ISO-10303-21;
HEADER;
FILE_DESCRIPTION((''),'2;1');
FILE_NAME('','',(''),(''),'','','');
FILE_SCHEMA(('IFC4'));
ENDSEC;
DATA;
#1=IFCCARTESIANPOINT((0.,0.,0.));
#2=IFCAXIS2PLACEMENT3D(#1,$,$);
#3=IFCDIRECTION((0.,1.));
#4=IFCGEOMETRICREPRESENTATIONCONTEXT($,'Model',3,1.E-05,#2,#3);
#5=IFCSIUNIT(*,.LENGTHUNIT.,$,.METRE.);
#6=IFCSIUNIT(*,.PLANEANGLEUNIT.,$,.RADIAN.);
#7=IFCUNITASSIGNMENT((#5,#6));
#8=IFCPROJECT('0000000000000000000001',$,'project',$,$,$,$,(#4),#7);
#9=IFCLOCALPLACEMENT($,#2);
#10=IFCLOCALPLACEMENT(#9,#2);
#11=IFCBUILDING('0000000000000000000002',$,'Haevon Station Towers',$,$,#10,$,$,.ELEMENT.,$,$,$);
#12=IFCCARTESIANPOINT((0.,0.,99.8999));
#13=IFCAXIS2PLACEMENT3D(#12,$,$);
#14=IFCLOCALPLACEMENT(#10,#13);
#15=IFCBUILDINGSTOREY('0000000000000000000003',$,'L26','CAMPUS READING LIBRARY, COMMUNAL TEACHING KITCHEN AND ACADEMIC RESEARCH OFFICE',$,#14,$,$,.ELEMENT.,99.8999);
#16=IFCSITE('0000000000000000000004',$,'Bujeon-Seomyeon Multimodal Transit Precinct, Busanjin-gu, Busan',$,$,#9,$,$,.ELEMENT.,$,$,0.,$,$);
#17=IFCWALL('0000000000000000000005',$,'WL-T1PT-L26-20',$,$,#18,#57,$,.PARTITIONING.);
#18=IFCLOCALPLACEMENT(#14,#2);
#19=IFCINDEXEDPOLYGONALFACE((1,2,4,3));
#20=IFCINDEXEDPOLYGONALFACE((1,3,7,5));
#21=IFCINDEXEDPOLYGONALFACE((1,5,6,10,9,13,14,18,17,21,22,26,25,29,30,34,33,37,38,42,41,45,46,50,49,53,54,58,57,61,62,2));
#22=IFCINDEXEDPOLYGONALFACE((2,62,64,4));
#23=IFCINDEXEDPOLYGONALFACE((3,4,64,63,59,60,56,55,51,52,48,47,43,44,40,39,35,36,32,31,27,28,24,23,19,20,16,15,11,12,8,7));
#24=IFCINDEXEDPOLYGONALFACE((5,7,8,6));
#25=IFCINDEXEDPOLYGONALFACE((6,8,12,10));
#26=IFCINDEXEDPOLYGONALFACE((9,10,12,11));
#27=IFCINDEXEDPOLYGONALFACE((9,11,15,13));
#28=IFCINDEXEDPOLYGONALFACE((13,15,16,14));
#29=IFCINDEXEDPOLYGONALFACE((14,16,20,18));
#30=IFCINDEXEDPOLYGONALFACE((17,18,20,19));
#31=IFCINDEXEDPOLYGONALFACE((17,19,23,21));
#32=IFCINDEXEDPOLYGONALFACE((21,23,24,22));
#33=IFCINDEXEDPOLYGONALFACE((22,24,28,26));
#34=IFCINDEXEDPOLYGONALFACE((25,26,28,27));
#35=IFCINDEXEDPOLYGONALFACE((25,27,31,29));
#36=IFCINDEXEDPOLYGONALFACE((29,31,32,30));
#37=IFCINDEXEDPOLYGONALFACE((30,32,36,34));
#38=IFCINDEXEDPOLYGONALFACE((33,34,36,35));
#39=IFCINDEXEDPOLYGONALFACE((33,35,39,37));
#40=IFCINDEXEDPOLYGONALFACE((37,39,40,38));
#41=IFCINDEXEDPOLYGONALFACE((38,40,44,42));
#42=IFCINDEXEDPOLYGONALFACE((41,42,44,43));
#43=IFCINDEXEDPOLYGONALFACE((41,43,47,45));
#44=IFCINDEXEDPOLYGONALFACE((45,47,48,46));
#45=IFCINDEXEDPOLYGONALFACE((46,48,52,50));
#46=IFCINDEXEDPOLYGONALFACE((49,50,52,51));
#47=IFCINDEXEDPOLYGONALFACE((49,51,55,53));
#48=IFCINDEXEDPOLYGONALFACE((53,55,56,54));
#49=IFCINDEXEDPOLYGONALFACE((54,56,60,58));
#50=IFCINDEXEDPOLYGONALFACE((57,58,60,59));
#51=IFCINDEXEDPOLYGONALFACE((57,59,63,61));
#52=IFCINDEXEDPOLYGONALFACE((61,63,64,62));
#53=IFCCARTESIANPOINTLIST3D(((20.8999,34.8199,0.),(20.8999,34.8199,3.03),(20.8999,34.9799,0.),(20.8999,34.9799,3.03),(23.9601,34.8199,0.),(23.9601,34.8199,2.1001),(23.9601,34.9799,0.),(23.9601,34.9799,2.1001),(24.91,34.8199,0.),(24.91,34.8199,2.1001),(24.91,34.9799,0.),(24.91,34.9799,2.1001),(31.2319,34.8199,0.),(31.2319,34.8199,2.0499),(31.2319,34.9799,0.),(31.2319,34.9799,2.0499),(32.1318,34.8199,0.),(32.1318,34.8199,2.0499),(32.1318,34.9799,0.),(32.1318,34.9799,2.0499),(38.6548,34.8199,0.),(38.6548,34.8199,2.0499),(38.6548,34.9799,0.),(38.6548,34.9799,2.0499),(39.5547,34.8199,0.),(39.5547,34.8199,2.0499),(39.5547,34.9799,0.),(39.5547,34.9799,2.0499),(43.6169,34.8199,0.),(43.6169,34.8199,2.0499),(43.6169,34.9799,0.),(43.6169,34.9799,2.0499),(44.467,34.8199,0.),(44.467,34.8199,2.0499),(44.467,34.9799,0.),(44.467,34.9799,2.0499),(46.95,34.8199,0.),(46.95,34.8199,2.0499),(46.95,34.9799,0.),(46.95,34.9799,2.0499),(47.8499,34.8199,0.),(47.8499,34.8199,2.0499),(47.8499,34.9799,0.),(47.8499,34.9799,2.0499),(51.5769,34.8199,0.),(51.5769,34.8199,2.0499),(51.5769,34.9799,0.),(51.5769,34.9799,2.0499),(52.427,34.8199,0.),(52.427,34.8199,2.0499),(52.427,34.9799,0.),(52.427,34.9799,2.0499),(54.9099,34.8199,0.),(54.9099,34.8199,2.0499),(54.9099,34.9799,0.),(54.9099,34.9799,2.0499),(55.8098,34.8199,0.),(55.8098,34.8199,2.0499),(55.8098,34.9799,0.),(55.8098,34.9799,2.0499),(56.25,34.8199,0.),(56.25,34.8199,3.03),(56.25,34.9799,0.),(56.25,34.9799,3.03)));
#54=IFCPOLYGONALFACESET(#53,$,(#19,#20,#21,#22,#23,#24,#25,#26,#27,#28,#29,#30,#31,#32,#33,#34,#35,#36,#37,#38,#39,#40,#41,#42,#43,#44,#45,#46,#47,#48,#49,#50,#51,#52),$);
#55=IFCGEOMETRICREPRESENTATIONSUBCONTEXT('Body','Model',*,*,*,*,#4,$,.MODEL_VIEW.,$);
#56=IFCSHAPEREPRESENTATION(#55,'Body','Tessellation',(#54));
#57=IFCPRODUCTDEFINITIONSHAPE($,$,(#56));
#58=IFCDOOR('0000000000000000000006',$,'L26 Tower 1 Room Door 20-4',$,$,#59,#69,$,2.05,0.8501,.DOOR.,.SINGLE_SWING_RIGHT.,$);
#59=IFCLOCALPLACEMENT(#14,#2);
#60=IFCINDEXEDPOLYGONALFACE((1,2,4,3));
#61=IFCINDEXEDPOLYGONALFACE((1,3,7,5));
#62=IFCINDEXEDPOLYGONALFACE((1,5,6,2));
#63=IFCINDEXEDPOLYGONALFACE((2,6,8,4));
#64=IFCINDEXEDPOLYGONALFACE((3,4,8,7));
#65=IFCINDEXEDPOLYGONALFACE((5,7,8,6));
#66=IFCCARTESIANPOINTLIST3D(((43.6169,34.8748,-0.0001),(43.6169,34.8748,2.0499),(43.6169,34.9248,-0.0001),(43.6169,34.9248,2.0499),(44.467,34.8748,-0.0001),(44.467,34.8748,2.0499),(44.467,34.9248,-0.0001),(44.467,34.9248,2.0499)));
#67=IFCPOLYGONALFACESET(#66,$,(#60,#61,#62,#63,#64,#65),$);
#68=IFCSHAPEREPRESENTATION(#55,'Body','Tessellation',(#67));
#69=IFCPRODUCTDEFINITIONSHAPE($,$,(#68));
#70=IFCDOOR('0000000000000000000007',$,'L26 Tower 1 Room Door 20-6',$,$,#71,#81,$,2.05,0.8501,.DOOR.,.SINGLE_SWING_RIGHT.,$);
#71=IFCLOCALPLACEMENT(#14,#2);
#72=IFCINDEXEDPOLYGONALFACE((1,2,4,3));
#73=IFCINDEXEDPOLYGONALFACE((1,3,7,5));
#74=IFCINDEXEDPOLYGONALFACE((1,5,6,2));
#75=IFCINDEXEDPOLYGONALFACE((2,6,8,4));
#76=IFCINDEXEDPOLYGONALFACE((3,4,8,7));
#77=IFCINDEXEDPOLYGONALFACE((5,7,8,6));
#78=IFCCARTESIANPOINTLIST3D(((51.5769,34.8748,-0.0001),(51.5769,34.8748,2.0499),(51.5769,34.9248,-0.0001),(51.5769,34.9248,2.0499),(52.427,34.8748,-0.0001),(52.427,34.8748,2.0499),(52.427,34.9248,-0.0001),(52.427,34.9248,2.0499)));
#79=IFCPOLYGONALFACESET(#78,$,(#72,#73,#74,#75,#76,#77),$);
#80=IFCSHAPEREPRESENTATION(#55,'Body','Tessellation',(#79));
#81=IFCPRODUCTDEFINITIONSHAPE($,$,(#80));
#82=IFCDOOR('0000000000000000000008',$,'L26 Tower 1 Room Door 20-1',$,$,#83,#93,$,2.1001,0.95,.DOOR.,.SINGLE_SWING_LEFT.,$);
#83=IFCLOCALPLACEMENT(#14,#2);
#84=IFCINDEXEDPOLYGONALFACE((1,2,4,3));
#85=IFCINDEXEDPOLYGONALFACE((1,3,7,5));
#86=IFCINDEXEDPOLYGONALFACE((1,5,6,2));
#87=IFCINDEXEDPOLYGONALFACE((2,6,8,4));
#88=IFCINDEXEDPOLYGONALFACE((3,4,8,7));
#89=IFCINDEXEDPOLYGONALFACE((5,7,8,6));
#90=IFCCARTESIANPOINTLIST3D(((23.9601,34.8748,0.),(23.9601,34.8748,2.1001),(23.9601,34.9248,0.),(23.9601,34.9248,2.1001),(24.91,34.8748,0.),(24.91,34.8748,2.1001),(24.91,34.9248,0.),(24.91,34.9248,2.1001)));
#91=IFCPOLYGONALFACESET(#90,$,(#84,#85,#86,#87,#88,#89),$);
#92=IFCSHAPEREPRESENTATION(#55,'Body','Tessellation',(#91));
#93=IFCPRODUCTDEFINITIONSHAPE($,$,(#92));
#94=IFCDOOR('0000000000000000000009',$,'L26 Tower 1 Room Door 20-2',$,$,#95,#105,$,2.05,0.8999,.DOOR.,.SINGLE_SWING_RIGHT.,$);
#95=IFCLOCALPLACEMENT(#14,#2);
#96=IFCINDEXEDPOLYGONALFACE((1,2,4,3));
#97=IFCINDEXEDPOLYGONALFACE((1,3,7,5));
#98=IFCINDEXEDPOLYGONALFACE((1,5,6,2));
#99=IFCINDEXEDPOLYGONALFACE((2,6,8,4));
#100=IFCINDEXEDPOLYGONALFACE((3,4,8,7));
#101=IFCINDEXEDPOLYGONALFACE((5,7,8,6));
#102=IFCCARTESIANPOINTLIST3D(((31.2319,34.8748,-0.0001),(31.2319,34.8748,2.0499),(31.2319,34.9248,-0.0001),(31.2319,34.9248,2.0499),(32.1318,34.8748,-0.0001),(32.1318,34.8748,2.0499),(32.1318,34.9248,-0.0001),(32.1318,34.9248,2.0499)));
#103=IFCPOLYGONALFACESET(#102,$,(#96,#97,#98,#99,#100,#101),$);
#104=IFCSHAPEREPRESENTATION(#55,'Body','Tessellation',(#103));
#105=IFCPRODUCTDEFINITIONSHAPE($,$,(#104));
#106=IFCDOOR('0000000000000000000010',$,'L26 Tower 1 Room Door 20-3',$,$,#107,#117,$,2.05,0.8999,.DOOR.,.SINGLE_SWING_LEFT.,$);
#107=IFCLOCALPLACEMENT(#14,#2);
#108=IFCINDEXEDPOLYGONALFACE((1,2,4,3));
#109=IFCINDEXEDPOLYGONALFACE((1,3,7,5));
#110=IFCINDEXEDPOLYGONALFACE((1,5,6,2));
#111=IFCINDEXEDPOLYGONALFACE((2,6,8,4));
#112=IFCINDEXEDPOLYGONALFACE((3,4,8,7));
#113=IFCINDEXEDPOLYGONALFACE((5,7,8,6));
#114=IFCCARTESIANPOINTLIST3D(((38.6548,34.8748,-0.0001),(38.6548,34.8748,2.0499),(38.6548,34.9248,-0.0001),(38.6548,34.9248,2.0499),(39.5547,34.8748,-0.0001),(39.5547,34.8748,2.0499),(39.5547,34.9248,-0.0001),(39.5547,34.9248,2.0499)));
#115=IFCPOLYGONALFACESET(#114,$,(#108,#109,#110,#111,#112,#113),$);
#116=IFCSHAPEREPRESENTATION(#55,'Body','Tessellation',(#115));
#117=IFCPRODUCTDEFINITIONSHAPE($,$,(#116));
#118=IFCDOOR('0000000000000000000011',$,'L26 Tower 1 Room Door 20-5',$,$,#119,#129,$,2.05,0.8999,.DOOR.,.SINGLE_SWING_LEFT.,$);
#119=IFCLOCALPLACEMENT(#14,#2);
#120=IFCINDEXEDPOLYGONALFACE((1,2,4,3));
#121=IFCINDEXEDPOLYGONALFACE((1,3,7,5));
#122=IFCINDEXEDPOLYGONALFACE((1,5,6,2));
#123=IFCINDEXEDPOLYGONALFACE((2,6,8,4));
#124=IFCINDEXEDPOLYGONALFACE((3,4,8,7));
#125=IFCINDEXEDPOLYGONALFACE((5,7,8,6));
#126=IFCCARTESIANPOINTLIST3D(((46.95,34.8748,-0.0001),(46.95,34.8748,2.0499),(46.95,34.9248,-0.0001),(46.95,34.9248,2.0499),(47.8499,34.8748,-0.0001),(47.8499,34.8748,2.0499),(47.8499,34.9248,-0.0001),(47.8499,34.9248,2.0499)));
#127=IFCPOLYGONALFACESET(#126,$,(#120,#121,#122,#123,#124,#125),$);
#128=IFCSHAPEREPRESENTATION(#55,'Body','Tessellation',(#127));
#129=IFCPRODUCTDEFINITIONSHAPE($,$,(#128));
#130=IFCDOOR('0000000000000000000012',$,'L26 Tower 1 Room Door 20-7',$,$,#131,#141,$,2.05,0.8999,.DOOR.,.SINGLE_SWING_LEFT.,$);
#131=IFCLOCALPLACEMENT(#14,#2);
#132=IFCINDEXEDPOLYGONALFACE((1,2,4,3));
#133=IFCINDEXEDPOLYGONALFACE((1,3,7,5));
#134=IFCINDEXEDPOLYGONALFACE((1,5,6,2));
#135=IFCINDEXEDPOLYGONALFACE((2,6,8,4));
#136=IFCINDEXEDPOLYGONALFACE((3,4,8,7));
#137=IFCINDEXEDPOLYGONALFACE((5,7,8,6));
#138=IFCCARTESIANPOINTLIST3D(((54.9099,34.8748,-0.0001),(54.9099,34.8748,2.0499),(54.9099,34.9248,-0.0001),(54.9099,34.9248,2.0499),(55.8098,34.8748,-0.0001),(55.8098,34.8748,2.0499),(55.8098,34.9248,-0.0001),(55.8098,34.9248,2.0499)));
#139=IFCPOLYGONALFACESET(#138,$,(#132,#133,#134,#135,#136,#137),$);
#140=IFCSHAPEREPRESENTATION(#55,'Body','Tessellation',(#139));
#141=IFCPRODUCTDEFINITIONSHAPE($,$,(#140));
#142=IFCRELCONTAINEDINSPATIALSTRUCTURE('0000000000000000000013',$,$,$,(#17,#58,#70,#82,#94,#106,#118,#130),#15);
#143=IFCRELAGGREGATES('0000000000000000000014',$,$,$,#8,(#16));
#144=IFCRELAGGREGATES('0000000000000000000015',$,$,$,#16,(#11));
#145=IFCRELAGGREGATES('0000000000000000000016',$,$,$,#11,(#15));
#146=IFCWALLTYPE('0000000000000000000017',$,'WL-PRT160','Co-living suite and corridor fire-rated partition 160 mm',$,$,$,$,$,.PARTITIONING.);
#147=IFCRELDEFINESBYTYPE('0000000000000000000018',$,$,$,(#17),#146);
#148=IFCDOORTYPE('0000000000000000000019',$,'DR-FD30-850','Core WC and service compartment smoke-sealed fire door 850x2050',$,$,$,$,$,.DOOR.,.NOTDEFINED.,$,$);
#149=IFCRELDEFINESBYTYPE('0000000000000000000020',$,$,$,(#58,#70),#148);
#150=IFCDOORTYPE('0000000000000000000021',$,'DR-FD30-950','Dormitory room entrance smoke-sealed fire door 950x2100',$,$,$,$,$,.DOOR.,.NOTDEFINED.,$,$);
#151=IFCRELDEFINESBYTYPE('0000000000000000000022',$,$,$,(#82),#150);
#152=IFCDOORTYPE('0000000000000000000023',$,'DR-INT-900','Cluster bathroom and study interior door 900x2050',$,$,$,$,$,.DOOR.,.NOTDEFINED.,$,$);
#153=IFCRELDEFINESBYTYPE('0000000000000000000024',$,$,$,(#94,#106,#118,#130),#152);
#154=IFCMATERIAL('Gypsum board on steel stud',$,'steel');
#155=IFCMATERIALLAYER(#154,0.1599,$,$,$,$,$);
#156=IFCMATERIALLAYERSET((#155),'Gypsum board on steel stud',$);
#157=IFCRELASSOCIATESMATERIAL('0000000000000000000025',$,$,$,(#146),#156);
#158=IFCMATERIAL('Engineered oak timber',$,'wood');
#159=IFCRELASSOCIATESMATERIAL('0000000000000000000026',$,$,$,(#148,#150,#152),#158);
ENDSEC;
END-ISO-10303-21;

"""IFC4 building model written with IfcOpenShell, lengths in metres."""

from ifc_helpers import new_model, si_unit, direction, frame, frame_2d, origin, place, context, subcontext, project, spatial, rectangle, extrude, material, layer, layer_set, type_object, element, fill, save


model = new_model("IFC4")

# Units and contexts
model_context = context("Model", 3, precision=1e-05, world=origin(), true_north=direction((0.0, 1.0)))
body_context = subcontext(model_context, "Body", "Model", "MODEL_VIEW")
ifc_project = project(units=[si_unit("LENGTHUNIT", "METRE"), si_unit("PLANEANGLEUNIT", "RADIAN")], contexts=[model_context])

# Site, building, storey
site_placement = place(None, origin())
site = spatial("IfcSite", under=ifc_project, at=site_placement, Name="Bujeon-Seomyeon Multimodal Transit Precinct, Busanjin-gu, Busan", CompositionType="ELEMENT", RefElevation=0.0)
building_placement = place(site_placement, origin())
building = spatial("IfcBuilding", under=site, at=building_placement, Name="Haevon Station Towers", CompositionType="ELEMENT")
storey_placement = place(building_placement, frame((0.0, 0.0, 99.8999)))
storey = spatial("IfcBuildingStorey", under=building, at=storey_placement, Name="L26", Description="CAMPUS READING LIBRARY, COMMUNAL TEACHING KITCHEN AND ACADEMIC RESEARCH OFFICE", CompositionType="ELEMENT", Elevation=99.8999)

# Shared definitions
ifc_material_1 = material(Name="Gypsum board on steel stud", Category="steel")
ifc_material_2 = material(Name="Engineered oak timber", Category="wood")

# Shared definitions
ifc_layer_1 = layer(ifc_material_1, 0.1599)
ifc_layer_set_1 = layer_set([ifc_layer_1], Name="Gypsum board on steel stud")
wall_type_1 = type_object("IfcWallType", Name="WL-PRT160", Description="Co-living suite and corridor fire-rated partition 160 mm", PredefinedType="PARTITIONING", material=ifc_layer_set_1)

# Wall, openings, doors
wall_1_placement = place(storey_placement, frame((20.8999, 34.8999, 0.0), z_axis=(0.0, 0.0, 1.0), x_axis=(1.0, 0.0, 0.0)))
wall_1 = element("IfcWall", 1, at=wall_1_placement, inside=storey, type_object=wall_type_1, Name="WL-T1PT-L26-20", PredefinedType="PARTITIONING", context=body_context, shape_type="SweptSolid", body=[
    extrude(rectangle(XDim=35.3501, YDim=0.1599, at=frame_2d((17.675, 0.0))), origin(), (0.0, 0.0, 1.0), 3.03),
])
opening_1_placement = place(wall_1_placement, frame((3.0601, 0.0, 0.0)))
opening_1 = element("IfcOpeningElement", 2, at=opening_1_placement, cuts=wall_1, PredefinedType="OPENING", context=body_context, shape_type="SweptSolid", body=[
    extrude(rectangle(XDim=0.95, YDim=2.1001, at=frame_2d((0.4751, 1.05))), frame((0.0, 0.0898, 0.0), z_axis=(0.0, -1.0, 0.0), x_axis=(1.0, 0.0, 0.0)), (0.0, 0.0, 1.0), 0.1799),
])
opening_2_placement = place(wall_1_placement, frame((10.332, 0.0, 0.0)))
opening_2 = element("IfcOpeningElement", 3, at=opening_2_placement, cuts=wall_1, PredefinedType="OPENING", context=body_context, shape_type="SweptSolid", body=[
    extrude(rectangle(XDim=0.8999, YDim=2.05, at=frame_2d((0.45, 1.0249))), frame((0.0, 0.0898, 0.0), z_axis=(0.0, -1.0, 0.0), x_axis=(1.0, 0.0, 0.0)), (0.0, 0.0, 1.0), 0.1799),
])
opening_3_placement = place(wall_1_placement, frame((17.7549, 0.0, 0.0)))
opening_3 = element("IfcOpeningElement", 4, at=opening_3_placement, cuts=wall_1, PredefinedType="OPENING", context=body_context, shape_type="SweptSolid", body=[
    extrude(rectangle(XDim=0.8999, YDim=2.05, at=frame_2d((0.45, 1.0249))), frame((0.0, 0.0898, 0.0), z_axis=(0.0, -1.0, 0.0), x_axis=(1.0, 0.0, 0.0)), (0.0, 0.0, 1.0), 0.1799),
])
opening_4_placement = place(wall_1_placement, frame((22.717, 0.0, 0.0)))
opening_4 = element("IfcOpeningElement", 5, at=opening_4_placement, cuts=wall_1, PredefinedType="OPENING", context=body_context, shape_type="SweptSolid", body=[
    extrude(rectangle(XDim=0.8501, YDim=2.05, at=frame_2d((0.425, 1.0249))), frame((0.0, 0.0898, 0.0), z_axis=(0.0, -1.0, 0.0), x_axis=(1.0, 0.0, 0.0)), (0.0, 0.0, 1.0), 0.1799),
])
opening_5_placement = place(wall_1_placement, frame((26.05, 0.0, 0.0)))
opening_5 = element("IfcOpeningElement", 6, at=opening_5_placement, cuts=wall_1, PredefinedType="OPENING", context=body_context, shape_type="SweptSolid", body=[
    extrude(rectangle(XDim=0.8999, YDim=2.05, at=frame_2d((0.45, 1.0249))), frame((0.0, 0.0898, 0.0), z_axis=(0.0, -1.0, 0.0), x_axis=(1.0, 0.0, 0.0)), (0.0, 0.0, 1.0), 0.1799),
])
opening_6_placement = place(wall_1_placement, frame((30.677, 0.0, 0.0)))
opening_6 = element("IfcOpeningElement", 7, at=opening_6_placement, cuts=wall_1, PredefinedType="OPENING", context=body_context, shape_type="SweptSolid", body=[
    extrude(rectangle(XDim=0.8501, YDim=2.05, at=frame_2d((0.425, 1.0249))), frame((0.0, 0.0898, 0.0), z_axis=(0.0, -1.0, 0.0), x_axis=(1.0, 0.0, 0.0)), (0.0, 0.0, 1.0), 0.1799),
])
opening_7_placement = place(wall_1_placement, frame((34.01, 0.0, 0.0)))
opening_7 = element("IfcOpeningElement", 8, at=opening_7_placement, cuts=wall_1, PredefinedType="OPENING", context=body_context, shape_type="SweptSolid", body=[
    extrude(rectangle(XDim=0.8999, YDim=2.05, at=frame_2d((0.45, 1.0249))), frame((0.0, 0.0898, 0.0), z_axis=(0.0, -1.0, 0.0), x_axis=(1.0, 0.0, 0.0)), (0.0, 0.0, 1.0), 0.1799),
])
door_type_1 = type_object("IfcDoorType", Name="DR-FD30-850", Description="Core WC and service compartment smoke-sealed fire door 850x2050", OperationType="NOTDEFINED", PredefinedType="DOOR", material=ifc_material_2)
door_1_placement = place(opening_4_placement, origin())
door_1 = element("IfcDoor", 9, at=door_1_placement, inside=storey, type_object=door_type_1, Name="L26 Tower 1 Room Door 20-4", OperationType="SINGLE_SWING_RIGHT", OverallHeight=2.05, OverallWidth=0.8501, PredefinedType="DOOR", context=body_context, shape_type="SweptSolid", body=[
    extrude(rectangle(XDim=0.8501, YDim=2.05, at=frame_2d((0.425, 1.0249))), frame((0.0, 0.0249, 0.0), z_axis=(0.0, -1.0, 0.0), x_axis=(1.0, 0.0, 0.0)), (0.0, 0.0, 1.0), 0.05),
])
fill(opening_4, door_1)
door_2_placement = place(opening_6_placement, origin())
door_2 = element("IfcDoor", 10, at=door_2_placement, inside=storey, type_object=door_type_1, Name="L26 Tower 1 Room Door 20-6", OperationType="SINGLE_SWING_RIGHT", OverallHeight=2.05, OverallWidth=0.8501, PredefinedType="DOOR", context=body_context, shape_type="SweptSolid", body=[
    extrude(rectangle(XDim=0.8501, YDim=2.05, at=frame_2d((0.425, 1.0249))), frame((0.0, 0.0249, 0.0), z_axis=(0.0, -1.0, 0.0), x_axis=(1.0, 0.0, 0.0)), (0.0, 0.0, 1.0), 0.05),
])
fill(opening_6, door_2)
door_type_2 = type_object("IfcDoorType", Name="DR-FD30-950", Description="Dormitory room entrance smoke-sealed fire door 950x2100", OperationType="NOTDEFINED", PredefinedType="DOOR", material=ifc_material_2)
door_3_placement = place(opening_1_placement, origin())
door_3 = element("IfcDoor", 11, at=door_3_placement, inside=storey, type_object=door_type_2, Name="L26 Tower 1 Room Door 20-1", OperationType="SINGLE_SWING_LEFT", OverallHeight=2.1001, OverallWidth=0.95, PredefinedType="DOOR", context=body_context, shape_type="SweptSolid", body=[
    extrude(rectangle(XDim=0.95, YDim=2.1001, at=frame_2d((0.4751, 1.05))), frame((0.0, 0.0249, 0.0), z_axis=(0.0, -1.0, 0.0), x_axis=(1.0, 0.0, 0.0)), (0.0, 0.0, 1.0), 0.05),
])
fill(opening_1, door_3)
door_type_3 = type_object("IfcDoorType", Name="DR-INT-900", Description="Cluster bathroom and study interior door 900x2050", OperationType="NOTDEFINED", PredefinedType="DOOR", material=ifc_material_2)
door_4_placement = place(opening_2_placement, origin())
door_4 = element("IfcDoor", 12, at=door_4_placement, inside=storey, type_object=door_type_3, Name="L26 Tower 1 Room Door 20-2", OperationType="SINGLE_SWING_RIGHT", OverallHeight=2.05, OverallWidth=0.8999, PredefinedType="DOOR", context=body_context, shape_type="SweptSolid", body=[
    extrude(rectangle(XDim=0.8999, YDim=2.05, at=frame_2d((0.45, 1.0249))), frame((0.0, 0.0249, 0.0), z_axis=(0.0, -1.0, 0.0), x_axis=(1.0, 0.0, 0.0)), (0.0, 0.0, 1.0), 0.05),
])
fill(opening_2, door_4)
door_5_placement = place(opening_3_placement, origin())
door_5 = element("IfcDoor", 13, at=door_5_placement, inside=storey, type_object=door_type_3, Name="L26 Tower 1 Room Door 20-3", OperationType="SINGLE_SWING_LEFT", OverallHeight=2.05, OverallWidth=0.8999, PredefinedType="DOOR", context=body_context, shape_type="SweptSolid", body=[
    extrude(rectangle(XDim=0.8999, YDim=2.05, at=frame_2d((0.45, 1.0249))), frame((0.0, 0.0249, 0.0), z_axis=(0.0, -1.0, 0.0), x_axis=(1.0, 0.0, 0.0)), (0.0, 0.0, 1.0), 0.05),
])
fill(opening_3, door_5)
door_6_placement = place(opening_5_placement, origin())
door_6 = element("IfcDoor", 14, at=door_6_placement, inside=storey, type_object=door_type_3, Name="L26 Tower 1 Room Door 20-5", OperationType="SINGLE_SWING_LEFT", OverallHeight=2.05, OverallWidth=0.8999, PredefinedType="DOOR", context=body_context, shape_type="SweptSolid", body=[
    extrude(rectangle(XDim=0.8999, YDim=2.05, at=frame_2d((0.45, 1.0249))), frame((0.0, 0.0249, 0.0), z_axis=(0.0, -1.0, 0.0), x_axis=(1.0, 0.0, 0.0)), (0.0, 0.0, 1.0), 0.05),
])
fill(opening_5, door_6)
door_7_placement = place(opening_7_placement, origin())
door_7 = element("IfcDoor", 15, at=door_7_placement, inside=storey, type_object=door_type_3, Name="L26 Tower 1 Room Door 20-7", OperationType="SINGLE_SWING_LEFT", OverallHeight=2.05, OverallWidth=0.8999, PredefinedType="DOOR", context=body_context, shape_type="SweptSolid", body=[
    extrude(rectangle(XDim=0.8999, YDim=2.05, at=frame_2d((0.45, 1.0249))), frame((0.0, 0.0249, 0.0), z_axis=(0.0, -1.0, 0.0), x_axis=(1.0, 0.0, 0.0)), (0.0, 0.0, 1.0), 0.05),
])
fill(opening_7, door_7)

save(model, "model.ifc")
